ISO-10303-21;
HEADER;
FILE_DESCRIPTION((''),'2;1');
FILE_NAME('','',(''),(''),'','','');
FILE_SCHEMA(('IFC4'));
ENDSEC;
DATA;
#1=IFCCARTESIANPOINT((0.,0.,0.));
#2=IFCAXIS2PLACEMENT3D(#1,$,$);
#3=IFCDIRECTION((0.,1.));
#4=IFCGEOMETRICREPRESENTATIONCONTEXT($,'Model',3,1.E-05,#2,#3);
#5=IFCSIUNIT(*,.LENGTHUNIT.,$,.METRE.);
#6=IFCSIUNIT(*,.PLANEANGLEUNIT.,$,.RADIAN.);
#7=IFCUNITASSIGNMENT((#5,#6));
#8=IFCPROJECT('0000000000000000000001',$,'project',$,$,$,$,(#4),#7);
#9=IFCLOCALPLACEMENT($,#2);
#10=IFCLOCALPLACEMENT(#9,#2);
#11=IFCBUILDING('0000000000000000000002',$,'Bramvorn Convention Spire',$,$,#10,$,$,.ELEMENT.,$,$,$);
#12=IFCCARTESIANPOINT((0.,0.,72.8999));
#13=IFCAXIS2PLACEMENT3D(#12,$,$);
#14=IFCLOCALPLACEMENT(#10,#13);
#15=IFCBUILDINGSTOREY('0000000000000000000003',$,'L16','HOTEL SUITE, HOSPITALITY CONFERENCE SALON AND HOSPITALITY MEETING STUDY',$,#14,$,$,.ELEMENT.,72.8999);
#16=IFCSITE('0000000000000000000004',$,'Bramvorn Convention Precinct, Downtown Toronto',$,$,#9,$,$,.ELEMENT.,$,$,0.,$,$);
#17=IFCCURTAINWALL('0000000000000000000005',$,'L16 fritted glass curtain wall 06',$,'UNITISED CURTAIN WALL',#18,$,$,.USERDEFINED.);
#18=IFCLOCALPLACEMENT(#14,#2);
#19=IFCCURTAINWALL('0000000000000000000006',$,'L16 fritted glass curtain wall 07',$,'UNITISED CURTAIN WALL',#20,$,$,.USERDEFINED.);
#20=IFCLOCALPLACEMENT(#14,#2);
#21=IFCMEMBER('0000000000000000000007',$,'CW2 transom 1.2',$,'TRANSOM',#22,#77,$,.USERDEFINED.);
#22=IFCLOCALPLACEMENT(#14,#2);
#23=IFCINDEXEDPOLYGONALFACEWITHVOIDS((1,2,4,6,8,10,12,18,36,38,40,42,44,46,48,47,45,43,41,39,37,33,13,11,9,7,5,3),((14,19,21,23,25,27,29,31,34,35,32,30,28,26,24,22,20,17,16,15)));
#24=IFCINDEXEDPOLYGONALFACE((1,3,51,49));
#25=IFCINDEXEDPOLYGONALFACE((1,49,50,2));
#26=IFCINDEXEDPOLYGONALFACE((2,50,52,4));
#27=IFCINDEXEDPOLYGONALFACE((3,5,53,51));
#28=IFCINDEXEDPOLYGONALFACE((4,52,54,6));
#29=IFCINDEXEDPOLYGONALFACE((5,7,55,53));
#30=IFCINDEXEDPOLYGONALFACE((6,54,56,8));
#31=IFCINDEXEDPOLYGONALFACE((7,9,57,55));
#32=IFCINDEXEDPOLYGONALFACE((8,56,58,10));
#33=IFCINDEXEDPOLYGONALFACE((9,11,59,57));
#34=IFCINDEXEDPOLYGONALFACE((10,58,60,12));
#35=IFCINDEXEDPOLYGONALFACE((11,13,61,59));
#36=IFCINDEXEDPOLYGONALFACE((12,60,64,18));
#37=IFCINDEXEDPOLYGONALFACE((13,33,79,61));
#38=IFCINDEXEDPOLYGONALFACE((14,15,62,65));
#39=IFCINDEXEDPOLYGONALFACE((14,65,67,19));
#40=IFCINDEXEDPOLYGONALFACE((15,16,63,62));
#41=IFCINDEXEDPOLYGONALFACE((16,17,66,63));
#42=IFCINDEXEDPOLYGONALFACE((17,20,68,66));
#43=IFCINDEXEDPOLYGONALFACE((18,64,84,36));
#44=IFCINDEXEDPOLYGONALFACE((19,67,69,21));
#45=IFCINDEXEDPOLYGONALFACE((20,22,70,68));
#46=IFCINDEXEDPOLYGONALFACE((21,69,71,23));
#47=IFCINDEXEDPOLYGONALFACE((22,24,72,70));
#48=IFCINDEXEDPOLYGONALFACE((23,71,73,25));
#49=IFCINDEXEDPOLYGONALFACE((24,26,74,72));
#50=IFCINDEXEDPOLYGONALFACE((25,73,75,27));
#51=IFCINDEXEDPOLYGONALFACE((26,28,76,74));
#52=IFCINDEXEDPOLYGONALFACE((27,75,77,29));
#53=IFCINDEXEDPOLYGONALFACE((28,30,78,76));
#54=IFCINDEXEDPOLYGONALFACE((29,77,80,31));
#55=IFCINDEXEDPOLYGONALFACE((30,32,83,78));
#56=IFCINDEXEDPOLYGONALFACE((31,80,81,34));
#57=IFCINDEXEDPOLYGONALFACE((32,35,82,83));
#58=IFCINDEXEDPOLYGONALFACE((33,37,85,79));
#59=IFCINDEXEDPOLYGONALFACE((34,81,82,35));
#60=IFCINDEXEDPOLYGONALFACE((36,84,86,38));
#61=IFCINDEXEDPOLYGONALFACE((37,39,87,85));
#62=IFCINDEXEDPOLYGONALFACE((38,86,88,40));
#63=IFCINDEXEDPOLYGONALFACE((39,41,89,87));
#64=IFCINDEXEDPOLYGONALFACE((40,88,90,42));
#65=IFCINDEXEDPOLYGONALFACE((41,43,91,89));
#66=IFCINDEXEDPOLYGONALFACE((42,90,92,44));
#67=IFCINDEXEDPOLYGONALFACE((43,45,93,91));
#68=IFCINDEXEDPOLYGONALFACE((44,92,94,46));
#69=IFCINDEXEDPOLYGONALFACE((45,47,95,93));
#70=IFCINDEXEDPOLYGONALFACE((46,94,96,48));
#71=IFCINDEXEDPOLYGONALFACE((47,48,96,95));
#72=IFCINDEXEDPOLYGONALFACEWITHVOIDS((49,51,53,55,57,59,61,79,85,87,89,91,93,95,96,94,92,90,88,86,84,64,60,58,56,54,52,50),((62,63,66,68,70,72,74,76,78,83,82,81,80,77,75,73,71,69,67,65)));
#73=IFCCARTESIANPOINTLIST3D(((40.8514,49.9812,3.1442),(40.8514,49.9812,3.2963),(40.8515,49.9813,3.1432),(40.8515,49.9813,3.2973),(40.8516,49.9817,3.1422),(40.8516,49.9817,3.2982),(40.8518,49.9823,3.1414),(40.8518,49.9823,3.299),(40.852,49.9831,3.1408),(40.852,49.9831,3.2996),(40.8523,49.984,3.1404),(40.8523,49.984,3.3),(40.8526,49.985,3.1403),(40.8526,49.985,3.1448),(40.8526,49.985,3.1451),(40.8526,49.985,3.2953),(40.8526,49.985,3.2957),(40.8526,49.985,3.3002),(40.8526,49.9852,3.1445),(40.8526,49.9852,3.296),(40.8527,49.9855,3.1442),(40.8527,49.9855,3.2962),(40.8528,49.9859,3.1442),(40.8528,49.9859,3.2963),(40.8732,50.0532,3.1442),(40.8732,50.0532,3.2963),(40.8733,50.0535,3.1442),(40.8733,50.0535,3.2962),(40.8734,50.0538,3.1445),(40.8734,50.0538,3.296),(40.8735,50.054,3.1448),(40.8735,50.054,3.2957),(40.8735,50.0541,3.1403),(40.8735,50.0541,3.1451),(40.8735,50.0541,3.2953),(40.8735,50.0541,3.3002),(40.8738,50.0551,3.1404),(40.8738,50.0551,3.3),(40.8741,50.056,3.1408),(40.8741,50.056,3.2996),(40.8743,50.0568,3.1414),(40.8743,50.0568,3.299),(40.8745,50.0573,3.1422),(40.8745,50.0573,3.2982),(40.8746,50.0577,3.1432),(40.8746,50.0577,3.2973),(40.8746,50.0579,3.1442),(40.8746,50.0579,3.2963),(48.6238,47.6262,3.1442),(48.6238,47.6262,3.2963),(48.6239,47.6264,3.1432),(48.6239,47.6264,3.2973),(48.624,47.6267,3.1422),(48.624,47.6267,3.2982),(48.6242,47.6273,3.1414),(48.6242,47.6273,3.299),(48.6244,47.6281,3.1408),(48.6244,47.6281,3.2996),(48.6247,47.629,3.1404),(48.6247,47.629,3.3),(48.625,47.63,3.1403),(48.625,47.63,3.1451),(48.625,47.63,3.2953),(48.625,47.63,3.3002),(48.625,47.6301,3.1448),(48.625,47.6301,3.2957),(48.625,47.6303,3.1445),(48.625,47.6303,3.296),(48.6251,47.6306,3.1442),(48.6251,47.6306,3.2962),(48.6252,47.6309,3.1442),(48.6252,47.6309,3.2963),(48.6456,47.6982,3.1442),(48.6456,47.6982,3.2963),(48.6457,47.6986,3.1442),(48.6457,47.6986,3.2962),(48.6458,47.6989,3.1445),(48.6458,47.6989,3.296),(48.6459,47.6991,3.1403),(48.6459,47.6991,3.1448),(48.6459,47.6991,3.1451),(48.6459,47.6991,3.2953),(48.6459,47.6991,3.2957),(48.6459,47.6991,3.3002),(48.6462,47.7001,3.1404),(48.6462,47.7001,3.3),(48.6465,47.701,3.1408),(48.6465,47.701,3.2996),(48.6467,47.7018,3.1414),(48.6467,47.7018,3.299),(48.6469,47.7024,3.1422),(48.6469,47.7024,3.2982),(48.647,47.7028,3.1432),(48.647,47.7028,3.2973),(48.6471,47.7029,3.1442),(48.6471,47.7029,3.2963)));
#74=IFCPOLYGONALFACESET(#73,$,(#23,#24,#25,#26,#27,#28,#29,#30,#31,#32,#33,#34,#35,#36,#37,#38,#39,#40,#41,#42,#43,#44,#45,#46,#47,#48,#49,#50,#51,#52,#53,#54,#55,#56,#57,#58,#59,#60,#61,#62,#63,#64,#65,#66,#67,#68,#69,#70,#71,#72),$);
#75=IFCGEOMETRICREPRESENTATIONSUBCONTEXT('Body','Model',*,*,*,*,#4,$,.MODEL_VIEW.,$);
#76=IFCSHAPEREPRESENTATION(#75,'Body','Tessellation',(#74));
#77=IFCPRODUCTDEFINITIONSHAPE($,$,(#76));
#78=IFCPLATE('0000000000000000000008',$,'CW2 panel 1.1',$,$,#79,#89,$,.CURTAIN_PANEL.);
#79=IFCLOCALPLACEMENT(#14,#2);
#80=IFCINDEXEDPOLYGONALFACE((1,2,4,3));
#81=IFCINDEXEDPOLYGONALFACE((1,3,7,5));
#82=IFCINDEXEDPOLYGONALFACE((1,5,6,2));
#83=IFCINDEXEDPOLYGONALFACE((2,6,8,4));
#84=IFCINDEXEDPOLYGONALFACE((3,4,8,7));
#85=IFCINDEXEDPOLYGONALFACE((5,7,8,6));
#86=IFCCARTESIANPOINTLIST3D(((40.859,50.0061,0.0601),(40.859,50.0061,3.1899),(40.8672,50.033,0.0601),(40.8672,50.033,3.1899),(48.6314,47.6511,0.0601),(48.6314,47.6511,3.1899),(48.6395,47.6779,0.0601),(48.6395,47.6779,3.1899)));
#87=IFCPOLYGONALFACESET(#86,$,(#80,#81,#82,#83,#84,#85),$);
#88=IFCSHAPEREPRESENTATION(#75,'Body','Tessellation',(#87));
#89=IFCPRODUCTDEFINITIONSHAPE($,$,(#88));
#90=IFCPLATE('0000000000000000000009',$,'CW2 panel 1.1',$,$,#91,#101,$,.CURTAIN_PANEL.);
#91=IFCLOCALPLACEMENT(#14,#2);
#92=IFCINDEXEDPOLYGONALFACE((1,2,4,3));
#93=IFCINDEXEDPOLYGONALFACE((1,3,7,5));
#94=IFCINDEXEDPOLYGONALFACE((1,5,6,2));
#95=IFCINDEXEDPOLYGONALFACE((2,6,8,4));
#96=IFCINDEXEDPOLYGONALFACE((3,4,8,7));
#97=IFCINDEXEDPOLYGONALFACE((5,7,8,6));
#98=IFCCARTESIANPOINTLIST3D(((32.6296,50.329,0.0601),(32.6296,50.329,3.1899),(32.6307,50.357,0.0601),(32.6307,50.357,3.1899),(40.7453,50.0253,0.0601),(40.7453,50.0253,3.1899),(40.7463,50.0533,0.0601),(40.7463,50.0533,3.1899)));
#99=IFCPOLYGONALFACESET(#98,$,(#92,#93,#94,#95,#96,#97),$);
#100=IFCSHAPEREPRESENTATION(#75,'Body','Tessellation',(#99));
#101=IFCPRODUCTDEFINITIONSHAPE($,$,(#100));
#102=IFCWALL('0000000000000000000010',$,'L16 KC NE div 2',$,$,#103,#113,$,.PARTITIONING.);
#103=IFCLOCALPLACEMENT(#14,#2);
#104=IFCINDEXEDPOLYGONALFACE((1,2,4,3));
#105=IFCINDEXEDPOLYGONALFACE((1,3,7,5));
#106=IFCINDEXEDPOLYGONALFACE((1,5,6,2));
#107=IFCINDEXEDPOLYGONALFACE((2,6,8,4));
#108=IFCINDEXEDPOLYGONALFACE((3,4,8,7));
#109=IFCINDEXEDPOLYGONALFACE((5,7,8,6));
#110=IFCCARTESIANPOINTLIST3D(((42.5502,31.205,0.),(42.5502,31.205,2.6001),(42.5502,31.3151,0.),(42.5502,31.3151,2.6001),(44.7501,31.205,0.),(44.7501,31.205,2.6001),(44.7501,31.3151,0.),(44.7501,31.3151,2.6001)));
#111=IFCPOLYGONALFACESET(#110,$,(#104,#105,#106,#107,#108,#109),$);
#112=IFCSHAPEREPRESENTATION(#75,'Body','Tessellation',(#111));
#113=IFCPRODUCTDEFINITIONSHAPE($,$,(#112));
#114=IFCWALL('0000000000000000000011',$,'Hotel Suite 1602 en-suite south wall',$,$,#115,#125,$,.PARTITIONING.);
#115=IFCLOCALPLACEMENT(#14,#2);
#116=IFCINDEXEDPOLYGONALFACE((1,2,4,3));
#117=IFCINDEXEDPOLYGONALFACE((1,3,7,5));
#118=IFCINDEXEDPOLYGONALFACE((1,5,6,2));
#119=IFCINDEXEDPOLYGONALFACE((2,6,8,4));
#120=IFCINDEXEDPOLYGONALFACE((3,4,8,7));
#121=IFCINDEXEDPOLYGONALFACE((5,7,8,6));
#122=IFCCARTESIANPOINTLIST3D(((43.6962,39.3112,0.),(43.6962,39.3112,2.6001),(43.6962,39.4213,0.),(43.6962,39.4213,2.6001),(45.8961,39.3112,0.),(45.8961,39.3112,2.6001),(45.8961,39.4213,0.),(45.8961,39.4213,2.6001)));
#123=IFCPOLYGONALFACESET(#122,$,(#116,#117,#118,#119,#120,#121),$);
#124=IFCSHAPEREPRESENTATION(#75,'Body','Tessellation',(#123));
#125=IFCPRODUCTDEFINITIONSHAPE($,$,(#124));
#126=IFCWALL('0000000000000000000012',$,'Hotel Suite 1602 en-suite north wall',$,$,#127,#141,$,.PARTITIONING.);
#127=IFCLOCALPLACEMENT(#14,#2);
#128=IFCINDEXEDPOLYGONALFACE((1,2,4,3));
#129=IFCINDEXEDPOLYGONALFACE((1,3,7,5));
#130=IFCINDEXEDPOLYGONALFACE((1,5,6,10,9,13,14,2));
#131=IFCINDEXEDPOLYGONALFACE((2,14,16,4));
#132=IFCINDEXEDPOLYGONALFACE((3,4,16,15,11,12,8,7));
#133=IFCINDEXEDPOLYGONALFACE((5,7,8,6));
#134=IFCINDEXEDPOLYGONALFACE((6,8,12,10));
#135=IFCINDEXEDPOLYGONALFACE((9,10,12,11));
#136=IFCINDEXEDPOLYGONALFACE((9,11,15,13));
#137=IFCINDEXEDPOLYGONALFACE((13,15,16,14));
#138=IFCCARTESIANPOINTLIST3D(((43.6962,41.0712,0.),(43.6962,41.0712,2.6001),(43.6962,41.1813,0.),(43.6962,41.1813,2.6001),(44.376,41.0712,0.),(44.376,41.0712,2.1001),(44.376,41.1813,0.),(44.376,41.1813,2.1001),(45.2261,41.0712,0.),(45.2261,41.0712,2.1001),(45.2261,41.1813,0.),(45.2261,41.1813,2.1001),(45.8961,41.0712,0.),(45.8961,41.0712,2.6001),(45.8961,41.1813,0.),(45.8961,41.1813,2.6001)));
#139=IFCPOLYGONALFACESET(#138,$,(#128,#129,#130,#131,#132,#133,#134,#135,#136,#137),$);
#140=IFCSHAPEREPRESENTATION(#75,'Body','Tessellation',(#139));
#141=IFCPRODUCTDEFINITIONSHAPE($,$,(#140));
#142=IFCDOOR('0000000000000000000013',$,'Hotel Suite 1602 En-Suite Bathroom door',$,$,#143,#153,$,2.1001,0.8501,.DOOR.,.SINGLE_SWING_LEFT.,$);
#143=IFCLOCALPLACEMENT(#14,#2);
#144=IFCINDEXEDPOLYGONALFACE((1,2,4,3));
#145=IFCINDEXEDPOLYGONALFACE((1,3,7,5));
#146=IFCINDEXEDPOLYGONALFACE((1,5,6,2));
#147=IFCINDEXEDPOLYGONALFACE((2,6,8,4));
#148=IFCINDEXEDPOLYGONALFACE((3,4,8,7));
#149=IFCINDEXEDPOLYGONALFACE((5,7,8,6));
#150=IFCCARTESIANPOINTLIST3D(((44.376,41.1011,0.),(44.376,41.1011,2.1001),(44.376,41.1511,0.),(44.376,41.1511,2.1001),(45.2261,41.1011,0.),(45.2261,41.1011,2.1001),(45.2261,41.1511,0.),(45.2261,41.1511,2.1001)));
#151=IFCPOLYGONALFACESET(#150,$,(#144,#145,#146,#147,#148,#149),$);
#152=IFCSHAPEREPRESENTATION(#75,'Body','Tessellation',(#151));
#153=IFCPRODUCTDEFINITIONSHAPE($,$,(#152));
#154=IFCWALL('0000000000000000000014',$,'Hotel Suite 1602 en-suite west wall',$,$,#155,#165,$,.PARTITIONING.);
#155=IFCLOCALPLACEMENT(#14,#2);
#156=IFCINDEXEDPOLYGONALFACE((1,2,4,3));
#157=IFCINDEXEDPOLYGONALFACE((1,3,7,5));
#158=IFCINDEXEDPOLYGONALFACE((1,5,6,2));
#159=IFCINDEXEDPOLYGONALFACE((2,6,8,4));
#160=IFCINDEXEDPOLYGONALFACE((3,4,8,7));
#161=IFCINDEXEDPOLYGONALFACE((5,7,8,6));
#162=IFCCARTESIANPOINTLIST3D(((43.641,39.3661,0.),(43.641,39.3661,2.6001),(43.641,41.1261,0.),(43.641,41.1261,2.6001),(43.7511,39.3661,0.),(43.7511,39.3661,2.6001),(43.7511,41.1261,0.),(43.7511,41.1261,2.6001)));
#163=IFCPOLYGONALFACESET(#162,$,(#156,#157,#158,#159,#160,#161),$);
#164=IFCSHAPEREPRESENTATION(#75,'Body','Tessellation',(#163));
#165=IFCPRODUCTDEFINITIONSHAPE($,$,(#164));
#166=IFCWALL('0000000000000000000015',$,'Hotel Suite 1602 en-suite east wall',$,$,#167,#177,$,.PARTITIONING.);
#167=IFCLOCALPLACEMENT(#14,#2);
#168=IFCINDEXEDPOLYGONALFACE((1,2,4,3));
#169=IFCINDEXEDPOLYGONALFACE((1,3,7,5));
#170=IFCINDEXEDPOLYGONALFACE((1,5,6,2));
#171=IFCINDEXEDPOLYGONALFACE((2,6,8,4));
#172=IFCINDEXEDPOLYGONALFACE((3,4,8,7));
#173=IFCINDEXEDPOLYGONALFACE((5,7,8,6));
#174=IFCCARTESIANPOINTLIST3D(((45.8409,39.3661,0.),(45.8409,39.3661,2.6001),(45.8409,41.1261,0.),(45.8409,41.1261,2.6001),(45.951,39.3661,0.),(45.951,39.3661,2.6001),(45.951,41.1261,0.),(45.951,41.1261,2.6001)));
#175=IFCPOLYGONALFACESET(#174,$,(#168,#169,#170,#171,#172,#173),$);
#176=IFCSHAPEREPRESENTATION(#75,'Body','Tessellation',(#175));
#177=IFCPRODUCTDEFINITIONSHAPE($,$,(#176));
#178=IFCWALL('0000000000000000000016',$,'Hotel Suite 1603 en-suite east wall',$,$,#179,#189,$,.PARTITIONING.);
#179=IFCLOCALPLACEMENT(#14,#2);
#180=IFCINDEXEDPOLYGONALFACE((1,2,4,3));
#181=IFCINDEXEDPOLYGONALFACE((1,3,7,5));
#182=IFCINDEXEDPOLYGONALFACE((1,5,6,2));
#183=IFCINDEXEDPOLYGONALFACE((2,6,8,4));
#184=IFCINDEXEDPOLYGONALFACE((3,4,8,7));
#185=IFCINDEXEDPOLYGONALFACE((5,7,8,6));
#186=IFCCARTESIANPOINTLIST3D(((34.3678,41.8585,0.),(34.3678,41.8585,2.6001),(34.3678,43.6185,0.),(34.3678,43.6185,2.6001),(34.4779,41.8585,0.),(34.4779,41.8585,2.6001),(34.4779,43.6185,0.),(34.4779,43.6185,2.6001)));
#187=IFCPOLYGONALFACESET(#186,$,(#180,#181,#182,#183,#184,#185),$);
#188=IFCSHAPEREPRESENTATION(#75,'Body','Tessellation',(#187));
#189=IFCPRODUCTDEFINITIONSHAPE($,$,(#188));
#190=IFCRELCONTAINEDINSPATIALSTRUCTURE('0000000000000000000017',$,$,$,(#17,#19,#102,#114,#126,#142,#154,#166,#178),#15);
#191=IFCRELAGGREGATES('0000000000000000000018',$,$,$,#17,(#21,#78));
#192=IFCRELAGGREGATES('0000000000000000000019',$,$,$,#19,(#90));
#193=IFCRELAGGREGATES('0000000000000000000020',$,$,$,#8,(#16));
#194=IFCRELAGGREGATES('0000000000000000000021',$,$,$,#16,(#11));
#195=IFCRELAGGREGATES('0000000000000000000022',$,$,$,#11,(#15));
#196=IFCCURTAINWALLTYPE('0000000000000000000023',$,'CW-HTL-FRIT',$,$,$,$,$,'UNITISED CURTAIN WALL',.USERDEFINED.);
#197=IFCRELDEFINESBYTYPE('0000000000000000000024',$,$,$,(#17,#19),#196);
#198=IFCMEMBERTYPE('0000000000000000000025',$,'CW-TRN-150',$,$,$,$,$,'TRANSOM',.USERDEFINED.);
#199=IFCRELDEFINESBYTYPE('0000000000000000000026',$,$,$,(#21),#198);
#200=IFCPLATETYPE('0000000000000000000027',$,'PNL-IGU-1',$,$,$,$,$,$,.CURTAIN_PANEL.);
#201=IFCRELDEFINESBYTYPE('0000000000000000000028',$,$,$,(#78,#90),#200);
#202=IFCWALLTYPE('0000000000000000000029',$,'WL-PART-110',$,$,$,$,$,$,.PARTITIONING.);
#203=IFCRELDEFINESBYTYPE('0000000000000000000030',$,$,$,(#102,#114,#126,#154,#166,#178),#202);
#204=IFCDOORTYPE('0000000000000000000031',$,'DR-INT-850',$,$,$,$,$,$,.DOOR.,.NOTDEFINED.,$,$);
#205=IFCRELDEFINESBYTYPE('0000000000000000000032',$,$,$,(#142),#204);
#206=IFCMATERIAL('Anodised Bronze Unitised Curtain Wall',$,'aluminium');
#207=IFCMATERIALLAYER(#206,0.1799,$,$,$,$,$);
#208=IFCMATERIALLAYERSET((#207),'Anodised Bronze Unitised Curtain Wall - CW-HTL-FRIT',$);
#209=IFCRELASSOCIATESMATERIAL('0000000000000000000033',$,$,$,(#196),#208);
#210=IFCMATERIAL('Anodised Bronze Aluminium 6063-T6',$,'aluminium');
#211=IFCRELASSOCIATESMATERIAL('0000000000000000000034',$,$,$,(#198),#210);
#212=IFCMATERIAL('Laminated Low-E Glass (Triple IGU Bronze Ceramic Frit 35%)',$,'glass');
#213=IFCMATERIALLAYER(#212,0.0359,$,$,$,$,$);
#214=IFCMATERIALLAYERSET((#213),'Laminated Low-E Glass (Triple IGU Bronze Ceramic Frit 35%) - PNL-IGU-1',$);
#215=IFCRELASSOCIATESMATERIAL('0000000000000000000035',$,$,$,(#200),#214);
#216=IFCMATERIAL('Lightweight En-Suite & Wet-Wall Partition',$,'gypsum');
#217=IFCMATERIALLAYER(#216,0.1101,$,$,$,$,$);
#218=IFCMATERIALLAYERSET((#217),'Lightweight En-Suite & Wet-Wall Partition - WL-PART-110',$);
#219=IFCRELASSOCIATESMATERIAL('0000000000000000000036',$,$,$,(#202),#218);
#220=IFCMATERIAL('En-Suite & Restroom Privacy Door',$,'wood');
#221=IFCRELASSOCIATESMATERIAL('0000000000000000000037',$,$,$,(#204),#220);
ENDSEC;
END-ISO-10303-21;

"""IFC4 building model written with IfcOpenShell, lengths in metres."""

from ifc_helpers import new_model, si_unit, direction, frame, frame_2d, origin, origin_2d, place, context, subcontext, project, spatial, rectangle, hollow_rectangle, extrude, material, layer, layer_set, material_profile, profile_set, type_object, element, fill, aggregate, save


model = new_model("IFC4")

# Units and contexts
model_context = context("Model", 3, precision=1e-05, world=origin(), true_north=direction((0.0, 1.0)))
body_context = subcontext(model_context, "Body", "Model", "MODEL_VIEW")
ifc_project = project(units=[si_unit("LENGTHUNIT", "METRE"), si_unit("PLANEANGLEUNIT", "RADIAN")], contexts=[model_context])

# Site, building, storey
site_placement = place(None, origin())
site = spatial("IfcSite", under=ifc_project, at=site_placement, Name="Bramvorn Convention Precinct, Downtown Toronto", CompositionType="ELEMENT", RefElevation=0.0)
building_placement = place(site_placement, origin())
building = spatial("IfcBuilding", under=site, at=building_placement, Name="Bramvorn Convention Spire", CompositionType="ELEMENT")
storey_placement = place(building_placement, frame((0.0, 0.0, 72.8999)))
storey = spatial("IfcBuildingStorey", under=building, at=storey_placement, Name="L16", Description="HOTEL SUITE, HOSPITALITY CONFERENCE SALON AND HOSPITALITY MEETING STUDY", CompositionType="ELEMENT", Elevation=72.8999)

# Curtain walls
ifc_material_1 = material(Name="Anodised Bronze Unitised Curtain Wall", Category="aluminium")
ifc_layer_1 = layer(ifc_material_1, 0.1799)
ifc_layer_set_1 = layer_set([ifc_layer_1], Name="Anodised Bronze Unitised Curtain Wall - CW-HTL-FRIT")
curtain_wall_type = type_object("IfcCurtainWallType", Name="CW-HTL-FRIT", ElementType="UNITISED CURTAIN WALL", PredefinedType="USERDEFINED", material=ifc_layer_set_1)
curtain_wall_1_placement = place(storey_placement, origin())
curtain_wall_1 = element("IfcCurtainWall", 1, at=curtain_wall_1_placement, inside=storey, type_object=curtain_wall_type, Name="L16 fritted glass curtain wall 06", ObjectType="UNITISED CURTAIN WALL", PredefinedType="USERDEFINED")
ifc_material_2 = material(Name="Anodised Bronze Aluminium 6063-T6", Category="aluminium")
curtain_wall_2_placement = place(storey_placement, origin())
curtain_wall_2 = element("IfcCurtainWall", 2, at=curtain_wall_2_placement, inside=storey, type_object=curtain_wall_type, Name="L16 fritted glass curtain wall 07", ObjectType="UNITISED CURTAIN WALL", PredefinedType="USERDEFINED")

# Member
ifc_material_profile_1 = material_profile(ifc_material_2, hollow_rectangle(XDim=0.0801, YDim=0.1599, WallThickness=0.0039, InnerFilletRadius=0.001, OuterFilletRadius=0.0039, at=origin_2d()))
ifc_profile_set_1 = profile_set([ifc_material_profile_1], Name="Anodised Bronze Aluminium 6063-T6 - CWT80X160")
member_type_1 = type_object("IfcMemberType", Name="CW-TRN-150", ElementType="TRANSOM", PredefinedType="USERDEFINED", material=ifc_profile_set_1)
member_1_placement = place(storey_placement, frame((40.863, 50.0195, 3.2202), z_axis=(0.957035, -0.289972, 0.0), x_axis=(0.289972, 0.957035, 0.0)))
member_1 = element("IfcMember", 3, at=member_1_placement, type_object=member_type_1, Name="CW2 transom 1.2", ObjectType="TRANSOM", PredefinedType="USERDEFINED", context=body_context, shape_type="SweptSolid", body=[
    extrude(hollow_rectangle(XDim=0.0801, YDim=0.1599, WallThickness=0.0039, InnerFilletRadius=0.001, OuterFilletRadius=0.0039, at=origin_2d()), origin(), (0.0, 0.0, 1.0), 8.1213),
])

# Plates
ifc_material_3 = material(Name="Laminated Low-E Glass (Triple IGU Bronze Ceramic Frit 35%)", Category="glass")
ifc_layer_2 = layer(ifc_material_3, 0.0359)
ifc_layer_set_2 = layer_set([ifc_layer_2], Name="Laminated Low-E Glass (Triple IGU Bronze Ceramic Frit 35%) - PNL-IGU-1")
plate_type = type_object("IfcPlateType", Name="PNL-IGU-1", PredefinedType="CURTAIN_PANEL", material=ifc_layer_set_2)
plate_1_placement = place(storey_placement, frame((44.7493, 48.842, 0.0601), z_axis=(0.0, 0.0, 1.0), x_axis=(0.957031, -0.289986, 0.0)))
plate_1 = element("IfcPlate", 4, at=plate_1_placement, type_object=plate_type, Name="CW2 panel 1.1", PredefinedType="CURTAIN_PANEL", context=body_context, shape_type="SweptSolid", body=[
    extrude(rectangle(XDim=8.1213, YDim=0.0281, at=origin_2d()), origin(), (0.0, 0.0, 1.0), 3.1299),
])
aggregate(curtain_wall_1, [member_1, plate_1])
plate_2_placement = place(storey_placement, frame((36.688, 50.1912, 0.0601), z_axis=(0.0, 0.0, 1.0), x_axis=(0.9993, -0.037397, 0.0)))
plate_2 = element("IfcPlate", 5, at=plate_2_placement, type_object=plate_type, Name="CW2 panel 1.1", PredefinedType="CURTAIN_PANEL", context=body_context, shape_type="SweptSolid", body=[
    extrude(rectangle(XDim=8.1213, YDim=0.0281, at=origin_2d()), origin(), (0.0, 0.0, 1.0), 3.1299),
])
aggregate(curtain_wall_2, [plate_2])

# Walls
ifc_material_4 = material(Name="Lightweight En-Suite & Wet-Wall Partition", Category="gypsum")
ifc_layer_3 = layer(ifc_material_4, 0.1101)
ifc_layer_set_3 = layer_set([ifc_layer_3], Name="Lightweight En-Suite & Wet-Wall Partition - WL-PART-110")
wall_type_1 = type_object("IfcWallType", Name="WL-PART-110", PredefinedType="PARTITIONING", material=ifc_layer_set_3)
for number, where, z_axis, x_axis, name in (
    (6, (42.55, 31.26, 0.0), (0.0, 0.0, 1.0), (1.0, 0.0, 0.0), "L16 KC NE div 2"),
    (7, (43.696, 39.3662, 0.0), (0.0, 0.0, 1.0), (1.0, 0.0, 0.0), "Hotel Suite 1602 en-suite south wall"),
):
    element("IfcWall", number, at=place(storey_placement, frame(where, z_axis=z_axis, x_axis=x_axis)), inside=storey, type_object=wall_type_1, Name=name, PredefinedType="PARTITIONING", context=body_context, shape_type="SweptSolid", body=[
        extrude(rectangle(XDim=2.2, YDim=0.1101, at=frame_2d((1.1001, 0.0))), origin(), (0.0, 0.0, 1.0), 2.6001),
    ])

# Wall, opening, door
wall_1_placement = place(storey_placement, frame((43.696, 41.1262, 0.0), z_axis=(0.0, 0.0, 1.0), x_axis=(1.0, 0.0, 0.0)))
wall_1 = element("IfcWall", 8, at=wall_1_placement, inside=storey, type_object=wall_type_1, Name="Hotel Suite 1602 en-suite north wall", PredefinedType="PARTITIONING", context=body_context, shape_type="SweptSolid", body=[
    extrude(rectangle(XDim=2.2, YDim=0.1101, at=frame_2d((1.1001, 0.0))), origin(), (0.0, 0.0, 1.0), 2.6001),
])
opening_placement = place(wall_1_placement, frame((0.6799, 0.0, 0.0)))
opening = element("IfcOpeningElement", 9, at=opening_placement, cuts=wall_1, PredefinedType="OPENING", context=body_context, shape_type="SweptSolid", body=[
    extrude(rectangle(XDim=0.8501, YDim=2.1001, at=frame_2d((0.425, 1.05))), frame((0.0, 0.0649, 0.0), z_axis=(0.0, -1.0, 0.0), x_axis=(1.0, 0.0, 0.0)), (0.0, 0.0, 1.0), 0.1301),
])
ifc_material_5 = material(Name="En-Suite & Restroom Privacy Door", Category="wood")
door_type = type_object("IfcDoorType", Name="DR-INT-850", OperationType="NOTDEFINED", PredefinedType="DOOR", material=ifc_material_5)
door_placement = place(opening_placement, origin())
door = element("IfcDoor", 10, at=door_placement, inside=storey, type_object=door_type, Name="Hotel Suite 1602 En-Suite Bathroom door", OperationType="SINGLE_SWING_LEFT", OverallHeight=2.1001, OverallWidth=0.8501, PredefinedType="DOOR", context=body_context, shape_type="SweptSolid", body=[
    extrude(rectangle(XDim=0.8501, YDim=2.1001, at=frame_2d((0.425, 1.05))), frame((0.0, 0.0249, 0.0), z_axis=(0.0, -1.0, 0.0), x_axis=(1.0, 0.0, 0.0)), (0.0, 0.0, 1.0), 0.05),
])
fill(opening, door)

# Walls
for number, where, z_axis, x_axis, name in (
    (11, (43.696, 39.3662, 0.0), (0.0, 0.0, 1.0), (0.0, 1.0, 0.0), "Hotel Suite 1602 en-suite west wall"),
    (12, (45.896, 39.3662, 0.0), (0.0, 0.0, 1.0), (0.0, 1.0, 0.0), "Hotel Suite 1602 en-suite east wall"),
    (13, (34.4229, 41.8586, 0.0), (0.0, 0.0, 1.0), (0.0, 1.0, 0.0), "Hotel Suite 1603 en-suite east wall"),
):
    element("IfcWall", number, at=place(storey_placement, frame(where, z_axis=z_axis, x_axis=x_axis)), inside=storey, type_object=wall_type_1, Name=name, PredefinedType="PARTITIONING", context=body_context, shape_type="SweptSolid", body=[
        extrude(rectangle(XDim=1.76, YDim=0.1101, at=frame_2d((0.8799, 0.0))), origin(), (0.0, 0.0, 1.0), 2.6001),
    ])

save(model, "model.ifc")
